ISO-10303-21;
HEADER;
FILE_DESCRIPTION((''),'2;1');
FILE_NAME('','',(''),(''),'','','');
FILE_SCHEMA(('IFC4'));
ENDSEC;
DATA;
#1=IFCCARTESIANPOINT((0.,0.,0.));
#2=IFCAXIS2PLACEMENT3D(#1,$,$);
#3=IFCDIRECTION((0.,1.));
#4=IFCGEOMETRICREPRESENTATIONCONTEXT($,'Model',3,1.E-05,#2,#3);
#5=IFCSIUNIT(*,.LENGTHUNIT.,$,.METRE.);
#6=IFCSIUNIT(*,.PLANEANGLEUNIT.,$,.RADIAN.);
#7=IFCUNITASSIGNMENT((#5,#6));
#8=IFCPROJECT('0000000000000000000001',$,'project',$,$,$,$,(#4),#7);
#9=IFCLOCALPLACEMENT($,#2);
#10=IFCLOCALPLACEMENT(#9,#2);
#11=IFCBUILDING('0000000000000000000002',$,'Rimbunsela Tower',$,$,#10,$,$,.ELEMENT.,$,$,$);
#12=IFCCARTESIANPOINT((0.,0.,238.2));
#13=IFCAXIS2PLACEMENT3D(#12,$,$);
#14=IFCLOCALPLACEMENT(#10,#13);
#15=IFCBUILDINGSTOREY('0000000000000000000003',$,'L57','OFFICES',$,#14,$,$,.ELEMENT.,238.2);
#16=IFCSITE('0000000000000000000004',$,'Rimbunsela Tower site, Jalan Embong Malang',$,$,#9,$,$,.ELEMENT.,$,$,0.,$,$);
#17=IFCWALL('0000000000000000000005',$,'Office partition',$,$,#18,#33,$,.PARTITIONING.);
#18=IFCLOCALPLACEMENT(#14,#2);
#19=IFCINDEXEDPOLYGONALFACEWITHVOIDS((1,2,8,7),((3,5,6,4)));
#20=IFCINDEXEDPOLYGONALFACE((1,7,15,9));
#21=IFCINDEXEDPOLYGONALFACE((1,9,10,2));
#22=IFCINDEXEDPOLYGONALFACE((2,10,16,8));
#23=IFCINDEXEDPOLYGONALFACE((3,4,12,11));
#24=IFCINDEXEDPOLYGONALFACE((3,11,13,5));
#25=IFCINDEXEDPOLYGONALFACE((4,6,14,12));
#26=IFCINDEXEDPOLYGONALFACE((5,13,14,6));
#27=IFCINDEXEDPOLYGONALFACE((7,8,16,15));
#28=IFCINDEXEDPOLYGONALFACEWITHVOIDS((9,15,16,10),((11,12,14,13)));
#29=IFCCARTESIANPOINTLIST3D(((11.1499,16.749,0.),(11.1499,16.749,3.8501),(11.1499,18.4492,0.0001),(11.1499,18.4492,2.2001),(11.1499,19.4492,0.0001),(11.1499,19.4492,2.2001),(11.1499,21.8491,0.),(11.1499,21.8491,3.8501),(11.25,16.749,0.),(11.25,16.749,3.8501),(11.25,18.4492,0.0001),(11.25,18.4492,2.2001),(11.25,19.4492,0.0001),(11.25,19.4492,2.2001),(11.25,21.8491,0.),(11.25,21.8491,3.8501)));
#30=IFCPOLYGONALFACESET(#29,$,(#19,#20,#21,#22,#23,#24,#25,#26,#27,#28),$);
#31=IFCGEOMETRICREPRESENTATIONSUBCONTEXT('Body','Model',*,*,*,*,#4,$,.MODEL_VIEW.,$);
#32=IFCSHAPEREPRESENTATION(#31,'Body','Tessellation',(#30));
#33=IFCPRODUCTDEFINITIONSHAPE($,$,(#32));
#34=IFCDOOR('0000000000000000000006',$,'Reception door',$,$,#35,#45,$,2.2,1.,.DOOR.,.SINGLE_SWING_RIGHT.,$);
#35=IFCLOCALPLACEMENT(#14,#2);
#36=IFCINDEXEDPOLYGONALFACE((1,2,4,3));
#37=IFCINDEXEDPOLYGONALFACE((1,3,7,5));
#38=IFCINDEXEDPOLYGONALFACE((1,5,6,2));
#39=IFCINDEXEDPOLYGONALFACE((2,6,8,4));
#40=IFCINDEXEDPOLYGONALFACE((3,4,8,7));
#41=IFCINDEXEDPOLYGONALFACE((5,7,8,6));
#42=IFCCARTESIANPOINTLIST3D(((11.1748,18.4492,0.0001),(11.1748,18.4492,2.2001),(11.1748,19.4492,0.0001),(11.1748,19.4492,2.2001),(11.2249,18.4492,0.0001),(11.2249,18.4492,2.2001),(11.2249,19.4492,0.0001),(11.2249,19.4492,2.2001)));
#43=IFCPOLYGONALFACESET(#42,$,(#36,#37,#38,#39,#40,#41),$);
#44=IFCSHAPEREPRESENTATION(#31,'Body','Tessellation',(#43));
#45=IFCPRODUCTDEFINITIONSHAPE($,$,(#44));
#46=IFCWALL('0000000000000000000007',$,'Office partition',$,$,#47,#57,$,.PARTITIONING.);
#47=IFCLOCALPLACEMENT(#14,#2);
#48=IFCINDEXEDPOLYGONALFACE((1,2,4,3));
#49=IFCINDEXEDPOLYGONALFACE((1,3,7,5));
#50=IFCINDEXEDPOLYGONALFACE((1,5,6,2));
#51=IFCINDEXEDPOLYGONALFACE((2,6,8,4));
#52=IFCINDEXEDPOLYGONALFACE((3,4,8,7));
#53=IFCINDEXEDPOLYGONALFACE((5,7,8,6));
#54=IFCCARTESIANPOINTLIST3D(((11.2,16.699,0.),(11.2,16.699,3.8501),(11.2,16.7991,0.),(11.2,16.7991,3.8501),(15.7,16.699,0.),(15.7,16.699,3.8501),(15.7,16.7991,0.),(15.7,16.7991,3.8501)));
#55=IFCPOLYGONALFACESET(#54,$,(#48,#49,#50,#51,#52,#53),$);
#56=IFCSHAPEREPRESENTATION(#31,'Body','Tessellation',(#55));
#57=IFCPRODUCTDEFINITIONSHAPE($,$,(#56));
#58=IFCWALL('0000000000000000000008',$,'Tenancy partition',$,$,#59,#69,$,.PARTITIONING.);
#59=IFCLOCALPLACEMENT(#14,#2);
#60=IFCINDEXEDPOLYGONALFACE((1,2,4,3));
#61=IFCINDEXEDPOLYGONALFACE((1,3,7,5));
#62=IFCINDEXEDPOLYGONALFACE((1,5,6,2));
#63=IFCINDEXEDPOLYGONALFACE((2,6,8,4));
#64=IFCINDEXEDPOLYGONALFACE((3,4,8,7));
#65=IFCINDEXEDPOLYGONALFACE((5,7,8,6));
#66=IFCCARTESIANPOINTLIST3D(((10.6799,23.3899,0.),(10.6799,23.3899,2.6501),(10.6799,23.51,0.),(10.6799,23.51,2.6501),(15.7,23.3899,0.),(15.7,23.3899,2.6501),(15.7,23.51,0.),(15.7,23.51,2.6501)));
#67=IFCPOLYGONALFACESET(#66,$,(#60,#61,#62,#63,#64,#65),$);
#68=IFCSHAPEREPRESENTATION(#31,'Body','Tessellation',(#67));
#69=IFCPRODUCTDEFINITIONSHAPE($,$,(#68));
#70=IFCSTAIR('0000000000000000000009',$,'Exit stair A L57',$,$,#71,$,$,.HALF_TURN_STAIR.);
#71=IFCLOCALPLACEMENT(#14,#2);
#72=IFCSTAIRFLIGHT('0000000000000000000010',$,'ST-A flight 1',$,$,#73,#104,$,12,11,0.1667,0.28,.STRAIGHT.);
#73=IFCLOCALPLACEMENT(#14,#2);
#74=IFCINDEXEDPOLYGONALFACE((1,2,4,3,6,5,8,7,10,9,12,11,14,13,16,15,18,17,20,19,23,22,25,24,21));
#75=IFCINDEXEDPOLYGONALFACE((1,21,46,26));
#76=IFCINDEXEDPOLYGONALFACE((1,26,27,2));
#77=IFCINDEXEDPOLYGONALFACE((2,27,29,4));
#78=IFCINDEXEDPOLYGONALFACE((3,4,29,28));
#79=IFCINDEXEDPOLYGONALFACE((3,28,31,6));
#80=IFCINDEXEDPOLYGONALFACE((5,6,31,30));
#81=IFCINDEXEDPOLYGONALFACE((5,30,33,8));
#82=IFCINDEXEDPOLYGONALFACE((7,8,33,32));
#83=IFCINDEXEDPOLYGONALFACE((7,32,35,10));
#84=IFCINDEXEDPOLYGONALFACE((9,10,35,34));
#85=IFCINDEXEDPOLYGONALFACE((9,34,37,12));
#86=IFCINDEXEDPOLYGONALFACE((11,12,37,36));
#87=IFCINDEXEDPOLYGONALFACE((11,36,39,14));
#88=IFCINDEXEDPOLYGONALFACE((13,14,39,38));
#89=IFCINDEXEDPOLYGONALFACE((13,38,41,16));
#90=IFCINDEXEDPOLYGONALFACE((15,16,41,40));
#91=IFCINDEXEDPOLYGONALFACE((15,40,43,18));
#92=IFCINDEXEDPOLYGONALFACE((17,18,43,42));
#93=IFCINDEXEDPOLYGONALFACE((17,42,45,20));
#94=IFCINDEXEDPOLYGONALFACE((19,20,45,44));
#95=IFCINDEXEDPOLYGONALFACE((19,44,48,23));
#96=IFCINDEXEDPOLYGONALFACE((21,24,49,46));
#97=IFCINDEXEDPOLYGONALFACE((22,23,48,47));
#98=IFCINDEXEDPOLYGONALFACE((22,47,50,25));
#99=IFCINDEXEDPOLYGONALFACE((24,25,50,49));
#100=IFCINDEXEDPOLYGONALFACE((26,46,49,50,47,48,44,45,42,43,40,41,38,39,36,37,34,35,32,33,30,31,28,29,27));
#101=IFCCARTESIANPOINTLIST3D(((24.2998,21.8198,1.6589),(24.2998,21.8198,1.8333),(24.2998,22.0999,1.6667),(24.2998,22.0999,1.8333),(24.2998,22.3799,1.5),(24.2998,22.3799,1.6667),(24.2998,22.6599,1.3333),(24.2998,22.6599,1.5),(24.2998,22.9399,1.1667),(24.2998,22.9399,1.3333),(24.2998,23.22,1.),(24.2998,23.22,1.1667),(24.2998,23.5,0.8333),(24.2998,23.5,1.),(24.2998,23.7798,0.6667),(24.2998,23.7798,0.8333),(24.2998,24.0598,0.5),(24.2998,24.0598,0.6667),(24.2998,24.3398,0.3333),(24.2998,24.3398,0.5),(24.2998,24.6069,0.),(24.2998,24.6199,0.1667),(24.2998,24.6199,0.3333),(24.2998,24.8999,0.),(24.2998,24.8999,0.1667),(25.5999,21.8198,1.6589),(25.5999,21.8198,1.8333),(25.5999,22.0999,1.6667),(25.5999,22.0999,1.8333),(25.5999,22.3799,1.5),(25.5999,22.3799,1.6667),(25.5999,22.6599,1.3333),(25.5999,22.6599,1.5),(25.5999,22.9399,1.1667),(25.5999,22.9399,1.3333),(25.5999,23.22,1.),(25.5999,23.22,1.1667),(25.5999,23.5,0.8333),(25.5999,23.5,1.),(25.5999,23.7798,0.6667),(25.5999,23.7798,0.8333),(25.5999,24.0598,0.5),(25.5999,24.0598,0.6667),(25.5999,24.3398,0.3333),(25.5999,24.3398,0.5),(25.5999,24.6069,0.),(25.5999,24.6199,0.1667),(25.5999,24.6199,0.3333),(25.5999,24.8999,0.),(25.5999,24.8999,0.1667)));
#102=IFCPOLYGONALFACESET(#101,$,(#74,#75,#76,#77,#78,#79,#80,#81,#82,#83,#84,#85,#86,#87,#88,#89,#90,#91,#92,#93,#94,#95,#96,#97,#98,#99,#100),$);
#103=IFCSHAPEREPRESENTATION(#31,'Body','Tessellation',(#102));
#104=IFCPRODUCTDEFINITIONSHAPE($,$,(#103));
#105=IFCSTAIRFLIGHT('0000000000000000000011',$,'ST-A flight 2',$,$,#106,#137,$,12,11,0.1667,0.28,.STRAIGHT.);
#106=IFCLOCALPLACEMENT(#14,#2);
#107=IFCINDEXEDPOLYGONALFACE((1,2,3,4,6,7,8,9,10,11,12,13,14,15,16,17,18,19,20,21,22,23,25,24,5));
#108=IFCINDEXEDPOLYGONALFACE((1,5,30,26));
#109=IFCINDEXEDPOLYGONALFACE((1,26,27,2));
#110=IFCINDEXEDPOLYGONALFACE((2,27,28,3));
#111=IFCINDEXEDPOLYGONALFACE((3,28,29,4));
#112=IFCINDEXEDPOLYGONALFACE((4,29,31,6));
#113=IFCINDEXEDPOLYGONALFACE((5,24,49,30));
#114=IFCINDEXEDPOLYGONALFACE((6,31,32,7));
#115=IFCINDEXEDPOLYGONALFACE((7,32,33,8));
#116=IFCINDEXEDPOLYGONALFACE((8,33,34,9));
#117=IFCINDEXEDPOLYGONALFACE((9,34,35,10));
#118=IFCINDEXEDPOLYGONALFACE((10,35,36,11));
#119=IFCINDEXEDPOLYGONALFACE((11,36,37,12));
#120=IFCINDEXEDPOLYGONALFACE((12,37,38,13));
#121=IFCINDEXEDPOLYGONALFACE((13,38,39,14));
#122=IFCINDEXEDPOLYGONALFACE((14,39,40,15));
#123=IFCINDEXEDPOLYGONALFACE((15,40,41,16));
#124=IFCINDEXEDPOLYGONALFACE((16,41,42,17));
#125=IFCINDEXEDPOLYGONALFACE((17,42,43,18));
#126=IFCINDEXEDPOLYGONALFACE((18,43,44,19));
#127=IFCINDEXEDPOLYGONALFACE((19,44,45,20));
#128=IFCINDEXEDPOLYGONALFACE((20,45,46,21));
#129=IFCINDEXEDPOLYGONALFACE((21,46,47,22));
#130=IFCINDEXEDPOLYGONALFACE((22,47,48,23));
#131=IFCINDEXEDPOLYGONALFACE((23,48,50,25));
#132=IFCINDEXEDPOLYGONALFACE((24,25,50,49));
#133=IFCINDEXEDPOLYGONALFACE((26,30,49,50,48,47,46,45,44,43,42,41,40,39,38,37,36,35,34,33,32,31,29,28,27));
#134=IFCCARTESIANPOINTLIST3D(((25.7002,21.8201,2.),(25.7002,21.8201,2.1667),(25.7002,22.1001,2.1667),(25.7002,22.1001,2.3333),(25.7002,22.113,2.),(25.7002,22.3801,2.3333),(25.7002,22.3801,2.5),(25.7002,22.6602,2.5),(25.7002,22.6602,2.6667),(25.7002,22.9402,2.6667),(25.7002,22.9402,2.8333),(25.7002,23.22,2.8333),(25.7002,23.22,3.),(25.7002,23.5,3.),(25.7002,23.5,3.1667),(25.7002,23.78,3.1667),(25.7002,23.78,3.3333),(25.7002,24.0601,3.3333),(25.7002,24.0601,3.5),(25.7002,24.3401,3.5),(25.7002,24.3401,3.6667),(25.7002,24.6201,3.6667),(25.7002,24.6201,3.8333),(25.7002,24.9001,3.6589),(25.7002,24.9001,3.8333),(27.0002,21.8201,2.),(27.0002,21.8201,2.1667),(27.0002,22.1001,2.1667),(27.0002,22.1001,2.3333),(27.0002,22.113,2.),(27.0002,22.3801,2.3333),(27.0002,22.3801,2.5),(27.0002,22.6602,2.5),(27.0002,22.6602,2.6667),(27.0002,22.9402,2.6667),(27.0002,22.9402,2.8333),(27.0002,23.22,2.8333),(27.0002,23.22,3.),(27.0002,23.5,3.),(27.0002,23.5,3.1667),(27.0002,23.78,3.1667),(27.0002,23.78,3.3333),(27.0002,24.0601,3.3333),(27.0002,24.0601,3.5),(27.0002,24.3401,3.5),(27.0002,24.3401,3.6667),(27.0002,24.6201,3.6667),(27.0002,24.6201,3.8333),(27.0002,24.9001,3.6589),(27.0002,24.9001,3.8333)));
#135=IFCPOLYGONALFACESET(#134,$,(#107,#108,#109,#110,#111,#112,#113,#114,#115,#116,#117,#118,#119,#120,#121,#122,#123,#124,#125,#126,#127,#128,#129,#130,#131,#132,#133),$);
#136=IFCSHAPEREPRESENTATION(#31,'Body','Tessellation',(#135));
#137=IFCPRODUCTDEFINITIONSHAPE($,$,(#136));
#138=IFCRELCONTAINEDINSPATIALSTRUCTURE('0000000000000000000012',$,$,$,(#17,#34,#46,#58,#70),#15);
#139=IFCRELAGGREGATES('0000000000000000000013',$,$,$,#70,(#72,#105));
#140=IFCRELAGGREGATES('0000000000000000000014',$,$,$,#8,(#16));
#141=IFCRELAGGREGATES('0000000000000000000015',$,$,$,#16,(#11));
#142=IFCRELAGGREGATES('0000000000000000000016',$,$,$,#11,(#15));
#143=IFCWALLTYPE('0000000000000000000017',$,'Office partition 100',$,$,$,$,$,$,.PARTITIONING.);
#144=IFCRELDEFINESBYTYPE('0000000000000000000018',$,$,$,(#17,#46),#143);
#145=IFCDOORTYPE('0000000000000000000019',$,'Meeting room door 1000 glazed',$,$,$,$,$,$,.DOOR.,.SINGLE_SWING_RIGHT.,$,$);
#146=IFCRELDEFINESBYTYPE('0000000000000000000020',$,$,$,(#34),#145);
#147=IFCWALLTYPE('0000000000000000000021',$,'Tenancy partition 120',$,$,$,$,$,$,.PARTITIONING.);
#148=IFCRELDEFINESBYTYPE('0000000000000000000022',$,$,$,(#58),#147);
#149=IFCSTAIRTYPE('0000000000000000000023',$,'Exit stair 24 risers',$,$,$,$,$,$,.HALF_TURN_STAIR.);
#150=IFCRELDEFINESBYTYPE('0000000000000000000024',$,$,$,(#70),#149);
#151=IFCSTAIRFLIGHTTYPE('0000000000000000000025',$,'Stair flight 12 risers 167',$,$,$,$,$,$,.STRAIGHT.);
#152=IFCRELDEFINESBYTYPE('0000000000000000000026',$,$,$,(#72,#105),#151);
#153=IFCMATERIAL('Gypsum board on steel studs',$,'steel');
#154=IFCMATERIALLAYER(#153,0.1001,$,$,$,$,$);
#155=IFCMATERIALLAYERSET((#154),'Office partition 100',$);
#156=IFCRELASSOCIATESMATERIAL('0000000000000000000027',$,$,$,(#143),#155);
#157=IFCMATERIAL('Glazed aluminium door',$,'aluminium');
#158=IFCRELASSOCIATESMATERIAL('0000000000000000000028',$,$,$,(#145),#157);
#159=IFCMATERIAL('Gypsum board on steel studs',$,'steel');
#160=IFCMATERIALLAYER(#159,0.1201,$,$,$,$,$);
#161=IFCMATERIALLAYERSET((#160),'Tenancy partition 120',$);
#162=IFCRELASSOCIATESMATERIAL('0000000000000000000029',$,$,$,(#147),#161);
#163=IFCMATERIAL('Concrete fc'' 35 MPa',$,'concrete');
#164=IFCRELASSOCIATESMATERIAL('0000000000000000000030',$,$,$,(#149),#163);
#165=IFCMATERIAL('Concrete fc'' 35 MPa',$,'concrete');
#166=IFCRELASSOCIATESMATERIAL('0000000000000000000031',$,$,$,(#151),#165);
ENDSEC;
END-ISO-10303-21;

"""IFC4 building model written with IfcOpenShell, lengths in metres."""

from ifc_helpers import new_model, si_unit, direction, frame, frame_2d, origin, place, context, subcontext, project, spatial, polyline, rectangle, outline, extrude, material, layer, layer_set, type_object, element, fill, aggregate, save


model = new_model("IFC4")

# Units and contexts
model_context = context("Model", 3, precision=1e-05, world=origin(), true_north=direction((0.0, 1.0)))
body_context = subcontext(model_context, "Body", "Model", "MODEL_VIEW")
ifc_project = project(units=[si_unit("LENGTHUNIT", "METRE"), si_unit("PLANEANGLEUNIT", "RADIAN")], contexts=[model_context])

# Site, building, storey
site_placement = place(None, origin())
site = spatial("IfcSite", under=ifc_project, at=site_placement, Name="Rimbunsela Tower site, Jalan Embong Malang", CompositionType="ELEMENT", RefElevation=0.0)
building_placement = place(site_placement, origin())
building = spatial("IfcBuilding", under=site, at=building_placement, Name="Rimbunsela Tower", CompositionType="ELEMENT")
storey_placement = place(building_placement, frame((0.0, 0.0, 238.2)))
storey = spatial("IfcBuildingStorey", under=building, at=storey_placement, Name="L57", Description="OFFICES", CompositionType="ELEMENT", Elevation=238.2)

# Shared definitions
ifc_material_1 = material(Name="Gypsum board on steel studs", Category="steel")
ifc_layer_1 = layer(ifc_material_1, 0.1001)
ifc_layer_set_1 = layer_set([ifc_layer_1], Name="Office partition 100")
wall_type_1 = type_object("IfcWallType", Name="Office partition 100", PredefinedType="PARTITIONING", material=ifc_layer_set_1)

# Wall, opening, door
wall_1_placement = place(storey_placement, frame((11.2, 21.8491, 0.0), z_axis=(0.0, 0.0, 1.0), x_axis=(0.0, -1.0, 0.0)))
wall_1 = element("IfcWall", 1, at=wall_1_placement, inside=storey, type_object=wall_type_1, Name="Office partition", PredefinedType="PARTITIONING", context=body_context, shape_type="SweptSolid", body=[
    extrude(rectangle(XDim=5.1001, YDim=0.1001, at=frame_2d((2.55, 0.0))), origin(), (0.0, 0.0, 1.0), 3.8501),
])
opening_1_placement = place(wall_1_placement, frame((2.3999, 0.0, 0.0)))
opening_1 = element("IfcOpeningElement", 2, at=opening_1_placement, cuts=wall_1, PredefinedType="OPENING", context=body_context, shape_type="SweptSolid", body=[
    extrude(rectangle(XDim=1.0, YDim=2.2, at=frame_2d((0.5, 1.1001))), frame((0.0, 0.0601, 0.0), z_axis=(0.0, -1.0, 0.0), x_axis=(1.0, 0.0, 0.0)), (0.0, 0.0, 1.0), 0.1201),
])
ifc_material_2 = material(Name="Glazed aluminium door", Category="aluminium")
door_type_1 = type_object("IfcDoorType", Name="Meeting room door 1000 glazed", OperationType="SINGLE_SWING_RIGHT", PredefinedType="DOOR", material=ifc_material_2)
door_1_placement = place(opening_1_placement, origin())
door_1 = element("IfcDoor", 3, at=door_1_placement, inside=storey, type_object=door_type_1, Name="Reception door", OperationType="SINGLE_SWING_RIGHT", OverallHeight=2.2, OverallWidth=1.0, PredefinedType="DOOR", context=body_context, shape_type="SweptSolid", body=[
    extrude(rectangle(XDim=1.0, YDim=2.2, at=frame_2d((0.5, 1.1001))), frame((0.0, 0.0249, 0.0), z_axis=(0.0, -1.0, 0.0), x_axis=(1.0, 0.0, 0.0)), (0.0, 0.0, 1.0), 0.05),
])
fill(opening_1, door_1)

# Walls
wall_2_placement = place(storey_placement, frame((11.2, 16.749, 0.0), z_axis=(0.0, 0.0, 1.0), x_axis=(1.0, 0.0, 0.0)))
element("IfcWall", 4, at=wall_2_placement, inside=storey, type_object=wall_type_1, Name="Office partition", PredefinedType="PARTITIONING", context=body_context, shape_type="SweptSolid", body=[
    extrude(rectangle(XDim=4.5, YDim=0.1001, at=frame_2d((2.25, 0.0))), origin(), (0.0, 0.0, 1.0), 3.8501),
])
ifc_material_3 = material(Name="Gypsum board on steel studs", Category="steel")
ifc_layer_2 = layer(ifc_material_3, 0.1201)
ifc_layer_set_2 = layer_set([ifc_layer_2], Name="Tenancy partition 120")
wall_type_2 = type_object("IfcWallType", Name="Tenancy partition 120", PredefinedType="PARTITIONING", material=ifc_layer_set_2)
wall_3_placement = place(storey_placement, frame((10.6799, 23.45, 0.0), z_axis=(0.0, 0.0, 1.0), x_axis=(1.0, 0.0, 0.0)))
element("IfcWall", 5, at=wall_3_placement, inside=storey, type_object=wall_type_2, Name="Tenancy partition", PredefinedType="PARTITIONING", context=body_context, shape_type="SweptSolid", body=[
    extrude(rectangle(XDim=5.02, YDim=0.1201, at=frame_2d((2.51, 0.0))), origin(), (0.0, 0.0, 1.0), 2.6501),
])

# Stair, stair flights
ifc_material_4 = material(Name="Concrete fc' 35 MPa", Category="concrete")
stair_type = type_object("IfcStairType", Name="Exit stair 24 risers", PredefinedType="HALF_TURN_STAIR", material=ifc_material_4)
stair_placement = place(storey_placement, origin())
stair = element("IfcStair", 6, at=stair_placement, inside=storey, type_object=stair_type, Name="Exit stair A L57", PredefinedType="HALF_TURN_STAIR")
ifc_material_5 = material(Name="Concrete fc' 35 MPa", Category="concrete")
stair_flight_type = type_object("IfcStairFlightType", Name="Stair flight 12 risers 167", PredefinedType="STRAIGHT", material=ifc_material_5)
stair_flight_1_placement = place(storey_placement, frame((24.95, 24.8999, 0.0), z_axis=(0.0, 0.0, 1.0), x_axis=(0.0, -1.0, 0.0)))
stair_flight_1 = element("IfcStairFlight", 7, at=stair_flight_1_placement, type_object=stair_flight_type, Name="ST-A flight 1", NumberOfRisers=12, NumberOfTreads=11, PredefinedType="STRAIGHT", RiserHeight=0.1667, TreadLength=0.28, context=body_context, shape_type="SweptSolid", body=[
    extrude(outline(polyline([(0.0, 0.0), (0.0, 0.1667), (0.28, 0.1667), (0.28, 0.3333), (0.5601, 0.3333), (0.5601, 0.5), (0.8401, 0.5), (0.8401, 0.6667), (1.1201, 0.6667), (1.1201, 0.8333), (1.3999, 0.8333), (1.3999, 1.0), (1.6799, 1.0), (1.6799, 1.1667), (1.96, 1.1667), (1.96, 1.3333), (2.24, 1.3333), (2.24, 1.5), (2.52, 1.5), (2.52, 1.6667), (2.8, 1.6667), (2.8, 1.8333), (3.0801, 1.8333), (3.0801, 2.0), (3.0801, 1.6589), (0.293, 0.0), (0.0, 0.0)])), frame((0.0, 0.6499, 0.0), z_axis=(0.0, -1.0, 0.0), x_axis=(1.0, 0.0, 0.0)), (0.0, 0.0, 1.0), 1.3),
])
stair_flight_2_placement = place(storey_placement, frame((26.3501, 21.8201, 2.0), z_axis=(0.0, 0.0, 1.0), x_axis=(0.0, 1.0, 0.0)))
stair_flight_2 = element("IfcStairFlight", 8, at=stair_flight_2_placement, type_object=stair_flight_type, Name="ST-A flight 2", NumberOfRisers=12, NumberOfTreads=11, PredefinedType="STRAIGHT", RiserHeight=0.1667, TreadLength=0.28, context=body_context, shape_type="SweptSolid", body=[
    extrude(outline(polyline([(0.0, 0.0), (0.0, 0.1667), (0.28, 0.1667), (0.28, 0.3333), (0.5601, 0.3333), (0.5601, 0.5), (0.8401, 0.5), (0.8401, 0.6667), (1.1201, 0.6667), (1.1201, 0.8333), (1.3999, 0.8333), (1.3999, 1.0), (1.6799, 1.0), (1.6799, 1.1667), (1.96, 1.1667), (1.96, 1.3333), (2.24, 1.3333), (2.24, 1.5), (2.52, 1.5), (2.52, 1.6667), (2.8, 1.6667), (2.8, 1.8333), (3.0801, 1.8333), (3.0801, 2.0), (3.0801, 1.6589), (0.293, 0.0), (0.0, 0.0)])), frame((0.0, 0.6499, 0.0), z_axis=(0.0, -1.0, 0.0), x_axis=(1.0, 0.0, 0.0)), (0.0, 0.0, 1.0), 1.3),
])
aggregate(stair, [stair_flight_1, stair_flight_2])

save(model, "model.ifc")
